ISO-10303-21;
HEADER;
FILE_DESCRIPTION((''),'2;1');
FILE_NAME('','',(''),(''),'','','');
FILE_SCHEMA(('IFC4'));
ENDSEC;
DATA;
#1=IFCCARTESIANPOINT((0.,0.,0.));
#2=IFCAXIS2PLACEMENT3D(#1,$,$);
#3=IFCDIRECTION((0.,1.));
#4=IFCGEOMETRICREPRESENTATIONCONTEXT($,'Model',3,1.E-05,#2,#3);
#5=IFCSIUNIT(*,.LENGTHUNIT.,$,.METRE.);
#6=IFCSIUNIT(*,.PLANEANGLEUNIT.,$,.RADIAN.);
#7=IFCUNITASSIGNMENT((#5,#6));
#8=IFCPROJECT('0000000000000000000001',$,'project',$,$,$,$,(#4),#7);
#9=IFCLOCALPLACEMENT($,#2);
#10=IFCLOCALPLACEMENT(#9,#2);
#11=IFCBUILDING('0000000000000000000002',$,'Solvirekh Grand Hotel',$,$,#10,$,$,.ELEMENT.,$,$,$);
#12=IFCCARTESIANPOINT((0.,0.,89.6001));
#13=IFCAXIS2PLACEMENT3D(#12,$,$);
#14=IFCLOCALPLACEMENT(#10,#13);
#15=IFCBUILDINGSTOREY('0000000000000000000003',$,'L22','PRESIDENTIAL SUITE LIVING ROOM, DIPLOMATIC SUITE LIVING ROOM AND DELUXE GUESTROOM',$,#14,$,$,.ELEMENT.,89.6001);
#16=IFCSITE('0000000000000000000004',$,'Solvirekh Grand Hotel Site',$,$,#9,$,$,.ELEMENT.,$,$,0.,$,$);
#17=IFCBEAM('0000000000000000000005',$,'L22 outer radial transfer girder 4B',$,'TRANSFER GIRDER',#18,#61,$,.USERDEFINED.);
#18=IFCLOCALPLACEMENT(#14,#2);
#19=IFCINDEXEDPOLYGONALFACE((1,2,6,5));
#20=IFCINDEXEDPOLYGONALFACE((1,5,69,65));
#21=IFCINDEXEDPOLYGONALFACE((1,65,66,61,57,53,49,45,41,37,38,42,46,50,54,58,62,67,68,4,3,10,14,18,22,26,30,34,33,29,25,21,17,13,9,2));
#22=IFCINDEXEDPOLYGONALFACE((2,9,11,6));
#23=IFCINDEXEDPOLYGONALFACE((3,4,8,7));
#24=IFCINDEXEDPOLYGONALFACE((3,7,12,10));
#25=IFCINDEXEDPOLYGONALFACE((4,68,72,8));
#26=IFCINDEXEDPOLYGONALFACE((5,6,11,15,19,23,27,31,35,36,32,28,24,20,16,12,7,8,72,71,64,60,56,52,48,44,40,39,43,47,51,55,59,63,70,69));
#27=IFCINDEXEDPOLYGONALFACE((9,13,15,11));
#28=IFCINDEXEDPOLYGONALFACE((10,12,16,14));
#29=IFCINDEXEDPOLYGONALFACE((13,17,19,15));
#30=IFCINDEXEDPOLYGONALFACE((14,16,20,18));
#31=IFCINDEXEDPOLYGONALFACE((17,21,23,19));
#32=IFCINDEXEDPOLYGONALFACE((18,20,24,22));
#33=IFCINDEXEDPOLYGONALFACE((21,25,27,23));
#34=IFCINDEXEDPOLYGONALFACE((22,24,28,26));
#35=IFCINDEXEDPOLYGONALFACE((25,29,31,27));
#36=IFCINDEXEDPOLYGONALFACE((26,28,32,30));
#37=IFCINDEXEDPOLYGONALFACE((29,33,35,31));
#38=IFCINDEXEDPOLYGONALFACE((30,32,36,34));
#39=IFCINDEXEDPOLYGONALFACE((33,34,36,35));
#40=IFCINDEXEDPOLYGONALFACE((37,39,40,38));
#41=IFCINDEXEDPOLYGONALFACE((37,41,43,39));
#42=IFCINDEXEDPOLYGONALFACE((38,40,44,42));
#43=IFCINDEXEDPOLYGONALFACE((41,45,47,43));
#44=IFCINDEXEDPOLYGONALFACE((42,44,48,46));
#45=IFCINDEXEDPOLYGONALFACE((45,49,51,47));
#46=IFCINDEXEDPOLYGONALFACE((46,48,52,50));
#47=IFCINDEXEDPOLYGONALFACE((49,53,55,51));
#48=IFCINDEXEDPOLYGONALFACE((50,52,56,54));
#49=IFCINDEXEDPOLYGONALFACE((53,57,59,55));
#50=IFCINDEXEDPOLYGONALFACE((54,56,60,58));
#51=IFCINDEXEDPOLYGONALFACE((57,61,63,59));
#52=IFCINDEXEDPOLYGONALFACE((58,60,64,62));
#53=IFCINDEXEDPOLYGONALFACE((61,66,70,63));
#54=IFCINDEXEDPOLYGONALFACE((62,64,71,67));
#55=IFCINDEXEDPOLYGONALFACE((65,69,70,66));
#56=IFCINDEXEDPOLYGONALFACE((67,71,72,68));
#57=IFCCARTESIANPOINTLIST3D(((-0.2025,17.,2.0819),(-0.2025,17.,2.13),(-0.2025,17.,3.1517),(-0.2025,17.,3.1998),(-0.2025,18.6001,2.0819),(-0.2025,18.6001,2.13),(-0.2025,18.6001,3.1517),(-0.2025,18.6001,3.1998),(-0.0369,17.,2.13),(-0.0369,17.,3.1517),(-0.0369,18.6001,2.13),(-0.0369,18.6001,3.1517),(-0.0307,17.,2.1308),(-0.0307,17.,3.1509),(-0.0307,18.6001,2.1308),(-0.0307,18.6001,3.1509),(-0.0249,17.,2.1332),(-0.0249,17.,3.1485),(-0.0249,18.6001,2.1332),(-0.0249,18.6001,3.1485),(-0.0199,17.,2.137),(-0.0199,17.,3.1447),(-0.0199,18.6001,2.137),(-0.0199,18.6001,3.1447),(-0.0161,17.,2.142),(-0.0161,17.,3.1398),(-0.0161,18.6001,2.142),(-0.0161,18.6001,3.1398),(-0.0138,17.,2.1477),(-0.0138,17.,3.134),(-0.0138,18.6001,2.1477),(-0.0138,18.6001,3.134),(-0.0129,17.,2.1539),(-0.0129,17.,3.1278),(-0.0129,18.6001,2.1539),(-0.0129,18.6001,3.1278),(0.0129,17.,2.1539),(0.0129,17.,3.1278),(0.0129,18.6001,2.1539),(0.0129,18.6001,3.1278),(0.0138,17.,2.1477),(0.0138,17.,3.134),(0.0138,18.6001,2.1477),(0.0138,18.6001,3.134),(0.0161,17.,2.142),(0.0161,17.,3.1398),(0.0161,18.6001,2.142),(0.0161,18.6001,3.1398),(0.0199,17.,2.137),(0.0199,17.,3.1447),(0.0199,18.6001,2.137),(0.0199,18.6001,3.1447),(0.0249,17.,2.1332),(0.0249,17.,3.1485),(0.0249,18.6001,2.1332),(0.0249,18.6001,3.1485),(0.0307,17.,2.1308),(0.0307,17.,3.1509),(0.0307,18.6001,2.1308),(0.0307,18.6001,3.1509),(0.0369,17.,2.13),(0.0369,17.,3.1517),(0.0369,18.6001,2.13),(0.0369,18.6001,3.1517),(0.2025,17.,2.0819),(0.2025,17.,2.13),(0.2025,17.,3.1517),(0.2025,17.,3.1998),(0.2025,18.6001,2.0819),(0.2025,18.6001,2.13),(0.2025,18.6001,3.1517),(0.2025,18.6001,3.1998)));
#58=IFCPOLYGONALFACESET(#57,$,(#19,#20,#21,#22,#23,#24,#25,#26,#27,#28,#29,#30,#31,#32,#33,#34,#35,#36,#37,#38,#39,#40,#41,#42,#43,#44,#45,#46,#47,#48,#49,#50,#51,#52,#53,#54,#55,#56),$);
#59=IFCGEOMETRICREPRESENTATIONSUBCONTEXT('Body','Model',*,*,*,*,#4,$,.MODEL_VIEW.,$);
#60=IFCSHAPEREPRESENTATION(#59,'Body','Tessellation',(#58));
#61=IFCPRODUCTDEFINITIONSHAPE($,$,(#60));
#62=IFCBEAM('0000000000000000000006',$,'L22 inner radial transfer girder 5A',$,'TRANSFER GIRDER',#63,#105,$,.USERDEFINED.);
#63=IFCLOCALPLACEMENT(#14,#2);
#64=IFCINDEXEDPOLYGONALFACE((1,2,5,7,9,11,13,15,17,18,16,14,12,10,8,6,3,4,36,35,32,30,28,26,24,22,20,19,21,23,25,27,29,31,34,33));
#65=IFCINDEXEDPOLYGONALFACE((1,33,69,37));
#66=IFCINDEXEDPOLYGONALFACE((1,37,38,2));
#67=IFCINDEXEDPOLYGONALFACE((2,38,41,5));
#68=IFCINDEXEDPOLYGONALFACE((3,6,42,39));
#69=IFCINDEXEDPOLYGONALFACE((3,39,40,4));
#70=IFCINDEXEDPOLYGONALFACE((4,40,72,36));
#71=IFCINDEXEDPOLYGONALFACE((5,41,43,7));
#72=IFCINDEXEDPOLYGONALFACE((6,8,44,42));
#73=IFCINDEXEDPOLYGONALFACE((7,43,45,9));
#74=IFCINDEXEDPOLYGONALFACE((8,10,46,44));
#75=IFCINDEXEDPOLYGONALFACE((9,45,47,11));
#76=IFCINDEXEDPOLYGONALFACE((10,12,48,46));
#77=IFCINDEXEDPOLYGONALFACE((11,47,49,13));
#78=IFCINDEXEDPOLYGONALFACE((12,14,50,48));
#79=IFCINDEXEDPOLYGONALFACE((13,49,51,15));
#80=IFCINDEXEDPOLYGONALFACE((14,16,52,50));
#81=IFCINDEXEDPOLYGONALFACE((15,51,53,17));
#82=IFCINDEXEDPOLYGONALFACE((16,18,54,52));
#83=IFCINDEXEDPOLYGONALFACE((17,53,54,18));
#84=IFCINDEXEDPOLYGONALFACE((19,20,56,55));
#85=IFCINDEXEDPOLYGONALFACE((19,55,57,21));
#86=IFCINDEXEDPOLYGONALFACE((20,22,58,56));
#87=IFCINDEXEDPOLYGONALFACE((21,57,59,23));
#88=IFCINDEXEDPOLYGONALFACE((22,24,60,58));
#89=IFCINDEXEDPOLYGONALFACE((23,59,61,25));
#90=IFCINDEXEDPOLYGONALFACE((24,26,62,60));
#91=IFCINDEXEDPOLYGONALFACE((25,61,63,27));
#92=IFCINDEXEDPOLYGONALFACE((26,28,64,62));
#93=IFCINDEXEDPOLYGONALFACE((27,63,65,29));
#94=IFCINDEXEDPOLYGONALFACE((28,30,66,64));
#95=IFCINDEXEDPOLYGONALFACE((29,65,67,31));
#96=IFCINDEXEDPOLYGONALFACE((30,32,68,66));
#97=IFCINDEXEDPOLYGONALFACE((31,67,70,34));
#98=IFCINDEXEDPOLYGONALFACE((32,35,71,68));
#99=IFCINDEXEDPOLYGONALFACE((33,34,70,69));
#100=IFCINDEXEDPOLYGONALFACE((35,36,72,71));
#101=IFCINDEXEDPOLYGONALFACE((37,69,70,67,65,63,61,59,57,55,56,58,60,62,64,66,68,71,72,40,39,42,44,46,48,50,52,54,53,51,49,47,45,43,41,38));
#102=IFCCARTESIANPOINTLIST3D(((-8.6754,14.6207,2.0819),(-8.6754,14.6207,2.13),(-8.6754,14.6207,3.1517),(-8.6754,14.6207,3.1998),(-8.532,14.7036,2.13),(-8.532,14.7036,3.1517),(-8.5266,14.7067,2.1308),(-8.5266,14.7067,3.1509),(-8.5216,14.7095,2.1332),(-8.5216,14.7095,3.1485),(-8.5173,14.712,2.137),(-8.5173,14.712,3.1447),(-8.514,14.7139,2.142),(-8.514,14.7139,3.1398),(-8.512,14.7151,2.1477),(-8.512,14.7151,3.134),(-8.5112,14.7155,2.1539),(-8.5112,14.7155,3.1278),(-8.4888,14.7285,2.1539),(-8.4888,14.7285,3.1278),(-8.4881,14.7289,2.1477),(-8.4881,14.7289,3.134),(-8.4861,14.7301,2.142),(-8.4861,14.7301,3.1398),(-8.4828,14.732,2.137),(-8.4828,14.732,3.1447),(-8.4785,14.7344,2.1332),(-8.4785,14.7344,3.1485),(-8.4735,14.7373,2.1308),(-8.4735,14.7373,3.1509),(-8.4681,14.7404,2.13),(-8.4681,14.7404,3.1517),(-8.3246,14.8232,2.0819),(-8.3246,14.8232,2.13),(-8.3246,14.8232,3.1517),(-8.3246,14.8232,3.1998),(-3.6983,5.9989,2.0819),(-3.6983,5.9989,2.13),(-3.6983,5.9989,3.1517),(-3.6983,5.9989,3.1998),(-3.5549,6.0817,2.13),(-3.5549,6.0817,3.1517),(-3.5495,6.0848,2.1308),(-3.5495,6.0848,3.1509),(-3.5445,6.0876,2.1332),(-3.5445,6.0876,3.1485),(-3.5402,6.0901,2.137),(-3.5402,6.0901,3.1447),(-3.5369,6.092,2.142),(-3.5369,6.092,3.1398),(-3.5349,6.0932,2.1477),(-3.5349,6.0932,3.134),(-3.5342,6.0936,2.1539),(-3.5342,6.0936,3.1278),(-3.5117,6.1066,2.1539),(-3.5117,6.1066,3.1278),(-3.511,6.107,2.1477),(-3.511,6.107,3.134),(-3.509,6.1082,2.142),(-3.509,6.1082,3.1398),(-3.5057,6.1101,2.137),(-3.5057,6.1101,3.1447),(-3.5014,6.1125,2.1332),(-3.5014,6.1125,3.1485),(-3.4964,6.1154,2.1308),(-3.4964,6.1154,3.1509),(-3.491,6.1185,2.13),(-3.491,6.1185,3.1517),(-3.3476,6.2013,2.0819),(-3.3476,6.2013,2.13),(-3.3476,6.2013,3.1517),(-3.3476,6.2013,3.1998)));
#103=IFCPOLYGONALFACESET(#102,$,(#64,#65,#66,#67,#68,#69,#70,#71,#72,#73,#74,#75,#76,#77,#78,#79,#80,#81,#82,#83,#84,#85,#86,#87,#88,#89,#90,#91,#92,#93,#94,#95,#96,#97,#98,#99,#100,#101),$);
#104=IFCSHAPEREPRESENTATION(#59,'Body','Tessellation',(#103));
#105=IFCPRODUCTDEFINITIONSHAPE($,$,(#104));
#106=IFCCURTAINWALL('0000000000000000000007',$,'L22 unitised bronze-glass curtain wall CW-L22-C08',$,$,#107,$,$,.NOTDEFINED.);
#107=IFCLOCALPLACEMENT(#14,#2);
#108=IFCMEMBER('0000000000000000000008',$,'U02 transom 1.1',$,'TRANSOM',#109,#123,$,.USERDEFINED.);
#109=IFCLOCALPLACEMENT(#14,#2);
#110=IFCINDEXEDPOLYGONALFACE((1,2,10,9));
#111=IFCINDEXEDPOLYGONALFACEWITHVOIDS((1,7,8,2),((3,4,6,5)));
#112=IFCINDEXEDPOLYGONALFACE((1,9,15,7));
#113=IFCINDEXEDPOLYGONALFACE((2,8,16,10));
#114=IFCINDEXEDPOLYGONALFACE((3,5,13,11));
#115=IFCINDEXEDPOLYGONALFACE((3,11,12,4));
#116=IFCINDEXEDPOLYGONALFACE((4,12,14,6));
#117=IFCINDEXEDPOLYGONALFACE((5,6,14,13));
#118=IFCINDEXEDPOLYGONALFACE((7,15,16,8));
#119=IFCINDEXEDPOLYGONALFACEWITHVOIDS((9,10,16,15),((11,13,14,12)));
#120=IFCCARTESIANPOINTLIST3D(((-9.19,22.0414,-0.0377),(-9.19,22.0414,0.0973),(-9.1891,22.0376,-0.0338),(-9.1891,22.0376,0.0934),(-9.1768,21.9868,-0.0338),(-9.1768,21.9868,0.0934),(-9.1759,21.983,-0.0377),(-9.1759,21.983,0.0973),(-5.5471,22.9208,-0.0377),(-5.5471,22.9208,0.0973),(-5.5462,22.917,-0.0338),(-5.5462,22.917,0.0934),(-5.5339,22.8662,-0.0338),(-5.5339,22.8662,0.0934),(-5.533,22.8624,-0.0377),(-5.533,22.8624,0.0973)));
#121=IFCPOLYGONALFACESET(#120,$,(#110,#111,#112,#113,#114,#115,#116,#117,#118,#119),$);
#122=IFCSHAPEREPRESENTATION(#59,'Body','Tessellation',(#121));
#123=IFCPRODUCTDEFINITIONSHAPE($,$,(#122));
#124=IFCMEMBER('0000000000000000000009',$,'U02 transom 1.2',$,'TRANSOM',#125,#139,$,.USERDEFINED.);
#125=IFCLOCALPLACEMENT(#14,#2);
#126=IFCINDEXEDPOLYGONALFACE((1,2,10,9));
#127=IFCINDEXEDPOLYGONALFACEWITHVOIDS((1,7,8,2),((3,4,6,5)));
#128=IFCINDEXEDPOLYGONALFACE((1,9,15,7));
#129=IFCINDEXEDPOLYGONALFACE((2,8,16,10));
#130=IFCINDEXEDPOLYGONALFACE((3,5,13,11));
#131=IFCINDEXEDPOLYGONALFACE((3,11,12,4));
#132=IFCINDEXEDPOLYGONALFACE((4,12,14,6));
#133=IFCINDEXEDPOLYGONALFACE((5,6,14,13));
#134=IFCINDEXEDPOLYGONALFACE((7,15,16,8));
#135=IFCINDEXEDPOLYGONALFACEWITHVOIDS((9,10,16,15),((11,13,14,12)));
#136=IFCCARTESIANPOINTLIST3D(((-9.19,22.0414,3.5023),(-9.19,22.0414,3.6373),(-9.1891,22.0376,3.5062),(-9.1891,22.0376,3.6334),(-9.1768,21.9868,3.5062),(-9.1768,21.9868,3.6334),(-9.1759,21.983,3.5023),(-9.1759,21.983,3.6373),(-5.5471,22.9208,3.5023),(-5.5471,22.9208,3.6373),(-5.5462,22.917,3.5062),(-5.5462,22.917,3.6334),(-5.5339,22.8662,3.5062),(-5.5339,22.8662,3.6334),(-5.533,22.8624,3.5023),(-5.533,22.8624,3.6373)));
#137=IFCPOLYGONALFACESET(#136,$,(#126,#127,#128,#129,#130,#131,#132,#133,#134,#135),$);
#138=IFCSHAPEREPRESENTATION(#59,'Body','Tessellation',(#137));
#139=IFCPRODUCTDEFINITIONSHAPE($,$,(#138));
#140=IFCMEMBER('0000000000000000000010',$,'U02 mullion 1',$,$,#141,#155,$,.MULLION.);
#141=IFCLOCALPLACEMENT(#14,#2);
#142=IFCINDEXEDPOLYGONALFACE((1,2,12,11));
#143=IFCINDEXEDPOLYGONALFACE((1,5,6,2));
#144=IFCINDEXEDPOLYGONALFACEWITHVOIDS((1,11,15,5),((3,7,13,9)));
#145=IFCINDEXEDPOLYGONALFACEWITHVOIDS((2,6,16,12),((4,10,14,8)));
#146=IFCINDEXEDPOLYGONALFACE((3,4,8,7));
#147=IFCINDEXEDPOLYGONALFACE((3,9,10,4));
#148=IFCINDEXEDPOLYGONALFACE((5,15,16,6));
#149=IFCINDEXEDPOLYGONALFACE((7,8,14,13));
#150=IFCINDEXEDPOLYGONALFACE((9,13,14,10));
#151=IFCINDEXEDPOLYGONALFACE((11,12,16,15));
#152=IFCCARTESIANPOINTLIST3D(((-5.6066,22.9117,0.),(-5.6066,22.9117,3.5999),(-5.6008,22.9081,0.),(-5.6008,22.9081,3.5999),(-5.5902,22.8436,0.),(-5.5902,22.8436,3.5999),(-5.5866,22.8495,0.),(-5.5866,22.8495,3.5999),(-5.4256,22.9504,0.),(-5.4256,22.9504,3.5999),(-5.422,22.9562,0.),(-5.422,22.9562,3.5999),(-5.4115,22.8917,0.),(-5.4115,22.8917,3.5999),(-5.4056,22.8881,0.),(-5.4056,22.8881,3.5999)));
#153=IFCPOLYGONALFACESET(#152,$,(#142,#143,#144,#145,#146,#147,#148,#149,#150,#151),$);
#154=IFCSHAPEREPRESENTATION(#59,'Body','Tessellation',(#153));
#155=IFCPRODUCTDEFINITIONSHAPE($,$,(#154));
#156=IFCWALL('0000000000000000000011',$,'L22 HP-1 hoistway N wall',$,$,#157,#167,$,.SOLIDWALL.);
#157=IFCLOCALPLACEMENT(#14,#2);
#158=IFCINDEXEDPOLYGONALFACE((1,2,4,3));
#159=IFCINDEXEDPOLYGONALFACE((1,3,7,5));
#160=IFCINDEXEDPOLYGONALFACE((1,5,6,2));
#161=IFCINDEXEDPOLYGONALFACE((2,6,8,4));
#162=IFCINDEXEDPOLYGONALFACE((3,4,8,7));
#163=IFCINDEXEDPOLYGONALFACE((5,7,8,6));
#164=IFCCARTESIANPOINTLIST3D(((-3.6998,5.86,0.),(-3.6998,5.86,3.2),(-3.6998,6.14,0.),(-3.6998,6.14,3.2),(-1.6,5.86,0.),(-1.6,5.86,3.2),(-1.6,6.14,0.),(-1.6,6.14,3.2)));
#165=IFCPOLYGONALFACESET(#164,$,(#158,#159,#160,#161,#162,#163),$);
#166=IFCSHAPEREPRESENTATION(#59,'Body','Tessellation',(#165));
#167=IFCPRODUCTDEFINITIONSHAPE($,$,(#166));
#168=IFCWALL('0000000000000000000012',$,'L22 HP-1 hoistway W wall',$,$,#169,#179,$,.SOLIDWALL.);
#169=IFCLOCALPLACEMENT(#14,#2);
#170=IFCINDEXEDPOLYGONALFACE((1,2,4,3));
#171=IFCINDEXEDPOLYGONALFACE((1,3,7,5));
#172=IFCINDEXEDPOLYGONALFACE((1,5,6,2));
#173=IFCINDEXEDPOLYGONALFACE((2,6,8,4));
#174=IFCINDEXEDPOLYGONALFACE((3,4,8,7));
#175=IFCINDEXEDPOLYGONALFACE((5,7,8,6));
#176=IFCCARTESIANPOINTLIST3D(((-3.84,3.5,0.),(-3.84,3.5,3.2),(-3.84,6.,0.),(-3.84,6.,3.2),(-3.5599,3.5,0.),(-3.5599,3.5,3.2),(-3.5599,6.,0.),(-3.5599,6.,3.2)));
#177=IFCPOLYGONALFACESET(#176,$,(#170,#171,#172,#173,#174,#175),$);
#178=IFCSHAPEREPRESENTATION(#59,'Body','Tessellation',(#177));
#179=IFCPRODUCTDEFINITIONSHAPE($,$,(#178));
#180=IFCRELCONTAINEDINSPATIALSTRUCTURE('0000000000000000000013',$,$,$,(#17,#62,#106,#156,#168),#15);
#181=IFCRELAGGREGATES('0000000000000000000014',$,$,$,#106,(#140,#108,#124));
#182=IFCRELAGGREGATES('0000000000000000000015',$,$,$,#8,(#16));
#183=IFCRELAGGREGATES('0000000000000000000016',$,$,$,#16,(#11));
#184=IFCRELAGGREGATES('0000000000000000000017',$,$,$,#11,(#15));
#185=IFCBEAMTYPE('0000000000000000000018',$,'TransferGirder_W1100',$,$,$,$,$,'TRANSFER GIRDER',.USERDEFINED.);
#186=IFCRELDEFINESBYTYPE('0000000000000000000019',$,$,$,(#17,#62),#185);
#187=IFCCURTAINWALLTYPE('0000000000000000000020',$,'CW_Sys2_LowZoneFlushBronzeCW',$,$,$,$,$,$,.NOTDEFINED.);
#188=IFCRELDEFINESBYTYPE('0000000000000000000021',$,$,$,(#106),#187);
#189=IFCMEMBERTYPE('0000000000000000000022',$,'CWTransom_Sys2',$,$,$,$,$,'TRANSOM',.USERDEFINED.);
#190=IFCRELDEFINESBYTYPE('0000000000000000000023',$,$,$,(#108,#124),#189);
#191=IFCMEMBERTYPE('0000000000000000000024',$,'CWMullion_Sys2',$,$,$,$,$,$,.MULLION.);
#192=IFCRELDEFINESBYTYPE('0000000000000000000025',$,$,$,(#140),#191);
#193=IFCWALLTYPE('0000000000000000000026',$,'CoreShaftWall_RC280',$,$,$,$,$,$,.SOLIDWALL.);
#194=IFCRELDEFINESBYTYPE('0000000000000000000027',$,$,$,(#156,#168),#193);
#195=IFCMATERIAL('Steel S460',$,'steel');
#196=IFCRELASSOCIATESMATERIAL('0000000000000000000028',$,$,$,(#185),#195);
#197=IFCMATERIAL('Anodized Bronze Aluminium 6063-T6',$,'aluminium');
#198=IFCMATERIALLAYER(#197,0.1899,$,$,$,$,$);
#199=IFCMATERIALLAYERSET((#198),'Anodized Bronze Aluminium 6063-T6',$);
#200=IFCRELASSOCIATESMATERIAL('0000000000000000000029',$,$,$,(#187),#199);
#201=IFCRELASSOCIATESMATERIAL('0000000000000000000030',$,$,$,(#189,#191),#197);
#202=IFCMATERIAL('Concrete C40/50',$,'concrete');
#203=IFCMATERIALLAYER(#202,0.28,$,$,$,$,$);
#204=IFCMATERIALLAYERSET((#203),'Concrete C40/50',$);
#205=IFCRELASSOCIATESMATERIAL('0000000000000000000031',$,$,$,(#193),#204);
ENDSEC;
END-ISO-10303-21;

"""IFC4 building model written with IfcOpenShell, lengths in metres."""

from ifc_helpers import new_model, si_unit, direction, frame, frame_2d, origin, origin_2d, place, context, subcontext, project, spatial, rectangle, hollow_rectangle, i_section, extrude, source, transform, mapped, material, layer, layer_set, material_profile, profile_set, type_object, element, aggregate, save


model = new_model("IFC4")

# Units and contexts
model_context = context("Model", 3, precision=1e-05, world=origin(), true_north=direction((0.0, 1.0)))
body_context = subcontext(model_context, "Body", "Model", "MODEL_VIEW")
ifc_project = project(units=[si_unit("LENGTHUNIT", "METRE"), si_unit("PLANEANGLEUNIT", "RADIAN")], contexts=[model_context])

# Site, building, storey
site_placement = place(None, origin())
site = spatial("IfcSite", under=ifc_project, at=site_placement, Name="Solvirekh Grand Hotel Site", CompositionType="ELEMENT", RefElevation=0.0)
building_placement = place(site_placement, origin())
building = spatial("IfcBuilding", under=site, at=building_placement, Name="Solvirekh Grand Hotel", CompositionType="ELEMENT")
storey_placement = place(building_placement, frame((0.0, 0.0, 89.6001)))
storey = spatial("IfcBuildingStorey", under=building, at=storey_placement, Name="L22", Description="PRESIDENTIAL SUITE LIVING ROOM, DIPLOMATIC SUITE LIVING ROOM AND DELUXE GUESTROOM", CompositionType="ELEMENT", Elevation=89.6001)

# Beams
ifc_material_1 = material(Name="Steel S460", Category="steel")
ifc_material_profile_1 = material_profile(ifc_material_1, i_section(OverallWidth=0.405, OverallDepth=1.1179, WebThickness=0.0259, FlangeThickness=0.0481, FilletRadius=0.0239, at=origin_2d()), Name="W1100X499")
ifc_profile_set_1 = profile_set([ifc_material_profile_1], Name="Steel S460")
beam_type_1 = type_object("IfcBeamType", Name="TransferGirder_W1100", ElementType="TRANSFER GIRDER", PredefinedType="USERDEFINED", material=ifc_profile_set_1)
beam_1_placement = place(storey_placement, frame((0.0, 17.0, 2.6409), z_axis=(0.0, 1.0, 0.0), x_axis=(-1.0, 0.0, 0.0)))
element("IfcBeam", 1, at=beam_1_placement, inside=storey, type_object=beam_type_1, Name="L22 outer radial transfer girder 4B", ObjectType="TRANSFER GIRDER", PredefinedType="USERDEFINED", context=body_context, shape_type="SweptSolid", body=[
    extrude(i_section(OverallWidth=0.405, OverallDepth=1.1179, WebThickness=0.0259, FlangeThickness=0.0481, FilletRadius=0.0239, at=origin_2d()), origin(), (0.0, 0.0, 1.0), 1.6001),
])
beam_2_placement = place(storey_placement, frame((-3.5229, 6.1001, 2.6409), z_axis=(-0.499943, 0.866059, 0.0), x_axis=(-0.866059, -0.499943, 0.0)))
element("IfcBeam", 2, at=beam_2_placement, inside=storey, type_object=beam_type_1, Name="L22 inner radial transfer girder 5A", ObjectType="TRANSFER GIRDER", PredefinedType="USERDEFINED", context=body_context, shape_type="SweptSolid", body=[
    extrude(i_section(OverallWidth=0.405, OverallDepth=1.1179, WebThickness=0.0259, FlangeThickness=0.0481, FilletRadius=0.0239, at=origin_2d()), origin(), (0.0, 0.0, 1.0), 9.9553),
])

# Curtain wall, members
ifc_material_2 = material(Name="Anodized Bronze Aluminium 6063-T6", Category="aluminium")
ifc_layer_1 = layer(ifc_material_2, 0.1899)
ifc_layer_set_1 = layer_set([ifc_layer_1], Name="Anodized Bronze Aluminium 6063-T6")
curtain_wall_type = type_object("IfcCurtainWallType", Name="CW_Sys2_LowZoneFlushBronzeCW", PredefinedType="NOTDEFINED", material=ifc_layer_set_1)
curtain_wall_placement = place(storey_placement, origin())
curtain_wall = element("IfcCurtainWall", 3, at=curtain_wall_placement, inside=storey, type_object=curtain_wall_type, Name="L22 unitised bronze-glass curtain wall CW-L22-C08", PredefinedType="NOTDEFINED")
ifc_material_profile_2 = material_profile(ifc_material_2, hollow_rectangle(XDim=0.0601, YDim=0.135, WallThickness=0.0039, at=origin_2d()), Name="ALU RHS 135X60X4")
ifc_profile_set_2 = profile_set([ifc_material_profile_2], Name="Anodized Bronze Aluminium 6063-T6")
member_type_1 = type_object("IfcMemberType", Name="CWTransom_Sys2", ElementType="TRANSOM", PredefinedType="USERDEFINED", material=ifc_profile_set_2)
shared_shape_1 = source(origin(), body_context, "Body", "SweptSolid", [
    extrude(hollow_rectangle(XDim=0.0601, YDim=0.135, WallThickness=0.0039, at=origin_2d()), origin(), (0.0, 0.0, 1.0), 3.7476),
])
member_1_placement = place(storey_placement, frame((-5.54, 22.8916, 0.0298), z_axis=(-0.972077, -0.234664, 0.0), x_axis=(0.234664, -0.972077, 0.0)))
member_1 = element("IfcMember", 4, at=member_1_placement, type_object=member_type_1, Name="U02 transom 1.1", ObjectType="TRANSOM", PredefinedType="USERDEFINED", context=body_context, shape_type="MappedRepresentation", body=[
    mapped(shared_shape_1, transform((0.0, 0.0, 0.0), x_axis=(1.0, 0.0, 0.0), y_axis=(0.0, 1.0, 0.0), z_axis=(0.0, 0.0, 1.0), scale=1.0)),
])
member_2_placement = place(storey_placement, frame((-5.54, 22.8916, 3.5698), z_axis=(-0.972077, -0.234664, 0.0), x_axis=(0.234664, -0.972077, 0.0)))
member_2 = element("IfcMember", 5, at=member_2_placement, type_object=member_type_1, Name="U02 transom 1.2", ObjectType="TRANSOM", PredefinedType="USERDEFINED", context=body_context, shape_type="MappedRepresentation", body=[
    mapped(shared_shape_1, transform((0.0, 0.0, 0.0), x_axis=(1.0, 0.0, 0.0), y_axis=(0.0, 1.0, 0.0), z_axis=(0.0, 0.0, 1.0), scale=1.0)),
])
ifc_material_profile_3 = material_profile(ifc_material_2, hollow_rectangle(XDim=0.0701, YDim=0.1899, WallThickness=0.0049, at=origin_2d()), Name="ALU RHS 190X70X5")
ifc_profile_set_3 = profile_set([ifc_material_profile_3], Name="Anodized Bronze Aluminium 6063-T6")
member_type_2 = type_object("IfcMemberType", Name="CWMullion_Sys2", PredefinedType="MULLION", material=ifc_profile_set_3)
shared_shape_2 = source(origin(), body_context, "Body", "SweptSolid", [
    extrude(hollow_rectangle(XDim=0.0701, YDim=0.1899, WallThickness=0.0049, at=origin_2d()), origin(), (0.0, 0.0, 1.0), 3.5999),
])
member_3_placement = place(storey_placement, frame((-5.5061, 22.8999, 0.0), z_axis=(0.0, 0.0, 1.0), x_axis=(0.234649, -0.97208, 0.0)))
member_3 = element("IfcMember", 6, at=member_3_placement, type_object=member_type_2, Name="U02 mullion 1", PredefinedType="MULLION", context=body_context, shape_type="MappedRepresentation", body=[
    mapped(shared_shape_2, transform((0.0, 0.0, 0.0), x_axis=(1.0, 0.0, 0.0), y_axis=(0.0, 1.0, 0.0), z_axis=(0.0, 0.0, 1.0), scale=1.0)),
])
aggregate(curtain_wall, [member_3, member_1, member_2])

# Walls
ifc_material_3 = material(Name="Concrete C40/50", Category="concrete")
ifc_layer_2 = layer(ifc_material_3, 0.28)
ifc_layer_set_2 = layer_set([ifc_layer_2], Name="Concrete C40/50")
wall_type_1 = type_object("IfcWallType", Name="CoreShaftWall_RC280", PredefinedType="SOLIDWALL", material=ifc_layer_set_2)
wall_1_placement = place(storey_placement, frame((-1.6001, 6.0, 0.0), z_axis=(0.0, 0.0, 1.0), x_axis=(-1.0, 0.0, 0.0)))
element("IfcWall", 7, at=wall_1_placement, inside=storey, type_object=wall_type_1, Name="L22 HP-1 hoistway N wall", PredefinedType="SOLIDWALL", context=body_context, shape_type="SweptSolid", body=[
    extrude(rectangle(XDim=2.0999, YDim=0.28, at=frame_2d((1.0498, 0.0))), origin(), (0.0, 0.0, 1.0), 3.2),
])
wall_2_placement = place(storey_placement, frame((-3.7, 6.0, 0.0), z_axis=(0.0, 0.0, 1.0), x_axis=(0.0, -1.0, 0.0)))
element("IfcWall", 8, at=wall_2_placement, inside=storey, type_object=wall_type_1, Name="L22 HP-1 hoistway W wall", PredefinedType="SOLIDWALL", context=body_context, shape_type="SweptSolid", body=[
    extrude(rectangle(XDim=2.5, YDim=0.28, at=frame_2d((1.25, 0.0))), origin(), (0.0, 0.0, 1.0), 3.2),
])

save(model, "model.ifc")
